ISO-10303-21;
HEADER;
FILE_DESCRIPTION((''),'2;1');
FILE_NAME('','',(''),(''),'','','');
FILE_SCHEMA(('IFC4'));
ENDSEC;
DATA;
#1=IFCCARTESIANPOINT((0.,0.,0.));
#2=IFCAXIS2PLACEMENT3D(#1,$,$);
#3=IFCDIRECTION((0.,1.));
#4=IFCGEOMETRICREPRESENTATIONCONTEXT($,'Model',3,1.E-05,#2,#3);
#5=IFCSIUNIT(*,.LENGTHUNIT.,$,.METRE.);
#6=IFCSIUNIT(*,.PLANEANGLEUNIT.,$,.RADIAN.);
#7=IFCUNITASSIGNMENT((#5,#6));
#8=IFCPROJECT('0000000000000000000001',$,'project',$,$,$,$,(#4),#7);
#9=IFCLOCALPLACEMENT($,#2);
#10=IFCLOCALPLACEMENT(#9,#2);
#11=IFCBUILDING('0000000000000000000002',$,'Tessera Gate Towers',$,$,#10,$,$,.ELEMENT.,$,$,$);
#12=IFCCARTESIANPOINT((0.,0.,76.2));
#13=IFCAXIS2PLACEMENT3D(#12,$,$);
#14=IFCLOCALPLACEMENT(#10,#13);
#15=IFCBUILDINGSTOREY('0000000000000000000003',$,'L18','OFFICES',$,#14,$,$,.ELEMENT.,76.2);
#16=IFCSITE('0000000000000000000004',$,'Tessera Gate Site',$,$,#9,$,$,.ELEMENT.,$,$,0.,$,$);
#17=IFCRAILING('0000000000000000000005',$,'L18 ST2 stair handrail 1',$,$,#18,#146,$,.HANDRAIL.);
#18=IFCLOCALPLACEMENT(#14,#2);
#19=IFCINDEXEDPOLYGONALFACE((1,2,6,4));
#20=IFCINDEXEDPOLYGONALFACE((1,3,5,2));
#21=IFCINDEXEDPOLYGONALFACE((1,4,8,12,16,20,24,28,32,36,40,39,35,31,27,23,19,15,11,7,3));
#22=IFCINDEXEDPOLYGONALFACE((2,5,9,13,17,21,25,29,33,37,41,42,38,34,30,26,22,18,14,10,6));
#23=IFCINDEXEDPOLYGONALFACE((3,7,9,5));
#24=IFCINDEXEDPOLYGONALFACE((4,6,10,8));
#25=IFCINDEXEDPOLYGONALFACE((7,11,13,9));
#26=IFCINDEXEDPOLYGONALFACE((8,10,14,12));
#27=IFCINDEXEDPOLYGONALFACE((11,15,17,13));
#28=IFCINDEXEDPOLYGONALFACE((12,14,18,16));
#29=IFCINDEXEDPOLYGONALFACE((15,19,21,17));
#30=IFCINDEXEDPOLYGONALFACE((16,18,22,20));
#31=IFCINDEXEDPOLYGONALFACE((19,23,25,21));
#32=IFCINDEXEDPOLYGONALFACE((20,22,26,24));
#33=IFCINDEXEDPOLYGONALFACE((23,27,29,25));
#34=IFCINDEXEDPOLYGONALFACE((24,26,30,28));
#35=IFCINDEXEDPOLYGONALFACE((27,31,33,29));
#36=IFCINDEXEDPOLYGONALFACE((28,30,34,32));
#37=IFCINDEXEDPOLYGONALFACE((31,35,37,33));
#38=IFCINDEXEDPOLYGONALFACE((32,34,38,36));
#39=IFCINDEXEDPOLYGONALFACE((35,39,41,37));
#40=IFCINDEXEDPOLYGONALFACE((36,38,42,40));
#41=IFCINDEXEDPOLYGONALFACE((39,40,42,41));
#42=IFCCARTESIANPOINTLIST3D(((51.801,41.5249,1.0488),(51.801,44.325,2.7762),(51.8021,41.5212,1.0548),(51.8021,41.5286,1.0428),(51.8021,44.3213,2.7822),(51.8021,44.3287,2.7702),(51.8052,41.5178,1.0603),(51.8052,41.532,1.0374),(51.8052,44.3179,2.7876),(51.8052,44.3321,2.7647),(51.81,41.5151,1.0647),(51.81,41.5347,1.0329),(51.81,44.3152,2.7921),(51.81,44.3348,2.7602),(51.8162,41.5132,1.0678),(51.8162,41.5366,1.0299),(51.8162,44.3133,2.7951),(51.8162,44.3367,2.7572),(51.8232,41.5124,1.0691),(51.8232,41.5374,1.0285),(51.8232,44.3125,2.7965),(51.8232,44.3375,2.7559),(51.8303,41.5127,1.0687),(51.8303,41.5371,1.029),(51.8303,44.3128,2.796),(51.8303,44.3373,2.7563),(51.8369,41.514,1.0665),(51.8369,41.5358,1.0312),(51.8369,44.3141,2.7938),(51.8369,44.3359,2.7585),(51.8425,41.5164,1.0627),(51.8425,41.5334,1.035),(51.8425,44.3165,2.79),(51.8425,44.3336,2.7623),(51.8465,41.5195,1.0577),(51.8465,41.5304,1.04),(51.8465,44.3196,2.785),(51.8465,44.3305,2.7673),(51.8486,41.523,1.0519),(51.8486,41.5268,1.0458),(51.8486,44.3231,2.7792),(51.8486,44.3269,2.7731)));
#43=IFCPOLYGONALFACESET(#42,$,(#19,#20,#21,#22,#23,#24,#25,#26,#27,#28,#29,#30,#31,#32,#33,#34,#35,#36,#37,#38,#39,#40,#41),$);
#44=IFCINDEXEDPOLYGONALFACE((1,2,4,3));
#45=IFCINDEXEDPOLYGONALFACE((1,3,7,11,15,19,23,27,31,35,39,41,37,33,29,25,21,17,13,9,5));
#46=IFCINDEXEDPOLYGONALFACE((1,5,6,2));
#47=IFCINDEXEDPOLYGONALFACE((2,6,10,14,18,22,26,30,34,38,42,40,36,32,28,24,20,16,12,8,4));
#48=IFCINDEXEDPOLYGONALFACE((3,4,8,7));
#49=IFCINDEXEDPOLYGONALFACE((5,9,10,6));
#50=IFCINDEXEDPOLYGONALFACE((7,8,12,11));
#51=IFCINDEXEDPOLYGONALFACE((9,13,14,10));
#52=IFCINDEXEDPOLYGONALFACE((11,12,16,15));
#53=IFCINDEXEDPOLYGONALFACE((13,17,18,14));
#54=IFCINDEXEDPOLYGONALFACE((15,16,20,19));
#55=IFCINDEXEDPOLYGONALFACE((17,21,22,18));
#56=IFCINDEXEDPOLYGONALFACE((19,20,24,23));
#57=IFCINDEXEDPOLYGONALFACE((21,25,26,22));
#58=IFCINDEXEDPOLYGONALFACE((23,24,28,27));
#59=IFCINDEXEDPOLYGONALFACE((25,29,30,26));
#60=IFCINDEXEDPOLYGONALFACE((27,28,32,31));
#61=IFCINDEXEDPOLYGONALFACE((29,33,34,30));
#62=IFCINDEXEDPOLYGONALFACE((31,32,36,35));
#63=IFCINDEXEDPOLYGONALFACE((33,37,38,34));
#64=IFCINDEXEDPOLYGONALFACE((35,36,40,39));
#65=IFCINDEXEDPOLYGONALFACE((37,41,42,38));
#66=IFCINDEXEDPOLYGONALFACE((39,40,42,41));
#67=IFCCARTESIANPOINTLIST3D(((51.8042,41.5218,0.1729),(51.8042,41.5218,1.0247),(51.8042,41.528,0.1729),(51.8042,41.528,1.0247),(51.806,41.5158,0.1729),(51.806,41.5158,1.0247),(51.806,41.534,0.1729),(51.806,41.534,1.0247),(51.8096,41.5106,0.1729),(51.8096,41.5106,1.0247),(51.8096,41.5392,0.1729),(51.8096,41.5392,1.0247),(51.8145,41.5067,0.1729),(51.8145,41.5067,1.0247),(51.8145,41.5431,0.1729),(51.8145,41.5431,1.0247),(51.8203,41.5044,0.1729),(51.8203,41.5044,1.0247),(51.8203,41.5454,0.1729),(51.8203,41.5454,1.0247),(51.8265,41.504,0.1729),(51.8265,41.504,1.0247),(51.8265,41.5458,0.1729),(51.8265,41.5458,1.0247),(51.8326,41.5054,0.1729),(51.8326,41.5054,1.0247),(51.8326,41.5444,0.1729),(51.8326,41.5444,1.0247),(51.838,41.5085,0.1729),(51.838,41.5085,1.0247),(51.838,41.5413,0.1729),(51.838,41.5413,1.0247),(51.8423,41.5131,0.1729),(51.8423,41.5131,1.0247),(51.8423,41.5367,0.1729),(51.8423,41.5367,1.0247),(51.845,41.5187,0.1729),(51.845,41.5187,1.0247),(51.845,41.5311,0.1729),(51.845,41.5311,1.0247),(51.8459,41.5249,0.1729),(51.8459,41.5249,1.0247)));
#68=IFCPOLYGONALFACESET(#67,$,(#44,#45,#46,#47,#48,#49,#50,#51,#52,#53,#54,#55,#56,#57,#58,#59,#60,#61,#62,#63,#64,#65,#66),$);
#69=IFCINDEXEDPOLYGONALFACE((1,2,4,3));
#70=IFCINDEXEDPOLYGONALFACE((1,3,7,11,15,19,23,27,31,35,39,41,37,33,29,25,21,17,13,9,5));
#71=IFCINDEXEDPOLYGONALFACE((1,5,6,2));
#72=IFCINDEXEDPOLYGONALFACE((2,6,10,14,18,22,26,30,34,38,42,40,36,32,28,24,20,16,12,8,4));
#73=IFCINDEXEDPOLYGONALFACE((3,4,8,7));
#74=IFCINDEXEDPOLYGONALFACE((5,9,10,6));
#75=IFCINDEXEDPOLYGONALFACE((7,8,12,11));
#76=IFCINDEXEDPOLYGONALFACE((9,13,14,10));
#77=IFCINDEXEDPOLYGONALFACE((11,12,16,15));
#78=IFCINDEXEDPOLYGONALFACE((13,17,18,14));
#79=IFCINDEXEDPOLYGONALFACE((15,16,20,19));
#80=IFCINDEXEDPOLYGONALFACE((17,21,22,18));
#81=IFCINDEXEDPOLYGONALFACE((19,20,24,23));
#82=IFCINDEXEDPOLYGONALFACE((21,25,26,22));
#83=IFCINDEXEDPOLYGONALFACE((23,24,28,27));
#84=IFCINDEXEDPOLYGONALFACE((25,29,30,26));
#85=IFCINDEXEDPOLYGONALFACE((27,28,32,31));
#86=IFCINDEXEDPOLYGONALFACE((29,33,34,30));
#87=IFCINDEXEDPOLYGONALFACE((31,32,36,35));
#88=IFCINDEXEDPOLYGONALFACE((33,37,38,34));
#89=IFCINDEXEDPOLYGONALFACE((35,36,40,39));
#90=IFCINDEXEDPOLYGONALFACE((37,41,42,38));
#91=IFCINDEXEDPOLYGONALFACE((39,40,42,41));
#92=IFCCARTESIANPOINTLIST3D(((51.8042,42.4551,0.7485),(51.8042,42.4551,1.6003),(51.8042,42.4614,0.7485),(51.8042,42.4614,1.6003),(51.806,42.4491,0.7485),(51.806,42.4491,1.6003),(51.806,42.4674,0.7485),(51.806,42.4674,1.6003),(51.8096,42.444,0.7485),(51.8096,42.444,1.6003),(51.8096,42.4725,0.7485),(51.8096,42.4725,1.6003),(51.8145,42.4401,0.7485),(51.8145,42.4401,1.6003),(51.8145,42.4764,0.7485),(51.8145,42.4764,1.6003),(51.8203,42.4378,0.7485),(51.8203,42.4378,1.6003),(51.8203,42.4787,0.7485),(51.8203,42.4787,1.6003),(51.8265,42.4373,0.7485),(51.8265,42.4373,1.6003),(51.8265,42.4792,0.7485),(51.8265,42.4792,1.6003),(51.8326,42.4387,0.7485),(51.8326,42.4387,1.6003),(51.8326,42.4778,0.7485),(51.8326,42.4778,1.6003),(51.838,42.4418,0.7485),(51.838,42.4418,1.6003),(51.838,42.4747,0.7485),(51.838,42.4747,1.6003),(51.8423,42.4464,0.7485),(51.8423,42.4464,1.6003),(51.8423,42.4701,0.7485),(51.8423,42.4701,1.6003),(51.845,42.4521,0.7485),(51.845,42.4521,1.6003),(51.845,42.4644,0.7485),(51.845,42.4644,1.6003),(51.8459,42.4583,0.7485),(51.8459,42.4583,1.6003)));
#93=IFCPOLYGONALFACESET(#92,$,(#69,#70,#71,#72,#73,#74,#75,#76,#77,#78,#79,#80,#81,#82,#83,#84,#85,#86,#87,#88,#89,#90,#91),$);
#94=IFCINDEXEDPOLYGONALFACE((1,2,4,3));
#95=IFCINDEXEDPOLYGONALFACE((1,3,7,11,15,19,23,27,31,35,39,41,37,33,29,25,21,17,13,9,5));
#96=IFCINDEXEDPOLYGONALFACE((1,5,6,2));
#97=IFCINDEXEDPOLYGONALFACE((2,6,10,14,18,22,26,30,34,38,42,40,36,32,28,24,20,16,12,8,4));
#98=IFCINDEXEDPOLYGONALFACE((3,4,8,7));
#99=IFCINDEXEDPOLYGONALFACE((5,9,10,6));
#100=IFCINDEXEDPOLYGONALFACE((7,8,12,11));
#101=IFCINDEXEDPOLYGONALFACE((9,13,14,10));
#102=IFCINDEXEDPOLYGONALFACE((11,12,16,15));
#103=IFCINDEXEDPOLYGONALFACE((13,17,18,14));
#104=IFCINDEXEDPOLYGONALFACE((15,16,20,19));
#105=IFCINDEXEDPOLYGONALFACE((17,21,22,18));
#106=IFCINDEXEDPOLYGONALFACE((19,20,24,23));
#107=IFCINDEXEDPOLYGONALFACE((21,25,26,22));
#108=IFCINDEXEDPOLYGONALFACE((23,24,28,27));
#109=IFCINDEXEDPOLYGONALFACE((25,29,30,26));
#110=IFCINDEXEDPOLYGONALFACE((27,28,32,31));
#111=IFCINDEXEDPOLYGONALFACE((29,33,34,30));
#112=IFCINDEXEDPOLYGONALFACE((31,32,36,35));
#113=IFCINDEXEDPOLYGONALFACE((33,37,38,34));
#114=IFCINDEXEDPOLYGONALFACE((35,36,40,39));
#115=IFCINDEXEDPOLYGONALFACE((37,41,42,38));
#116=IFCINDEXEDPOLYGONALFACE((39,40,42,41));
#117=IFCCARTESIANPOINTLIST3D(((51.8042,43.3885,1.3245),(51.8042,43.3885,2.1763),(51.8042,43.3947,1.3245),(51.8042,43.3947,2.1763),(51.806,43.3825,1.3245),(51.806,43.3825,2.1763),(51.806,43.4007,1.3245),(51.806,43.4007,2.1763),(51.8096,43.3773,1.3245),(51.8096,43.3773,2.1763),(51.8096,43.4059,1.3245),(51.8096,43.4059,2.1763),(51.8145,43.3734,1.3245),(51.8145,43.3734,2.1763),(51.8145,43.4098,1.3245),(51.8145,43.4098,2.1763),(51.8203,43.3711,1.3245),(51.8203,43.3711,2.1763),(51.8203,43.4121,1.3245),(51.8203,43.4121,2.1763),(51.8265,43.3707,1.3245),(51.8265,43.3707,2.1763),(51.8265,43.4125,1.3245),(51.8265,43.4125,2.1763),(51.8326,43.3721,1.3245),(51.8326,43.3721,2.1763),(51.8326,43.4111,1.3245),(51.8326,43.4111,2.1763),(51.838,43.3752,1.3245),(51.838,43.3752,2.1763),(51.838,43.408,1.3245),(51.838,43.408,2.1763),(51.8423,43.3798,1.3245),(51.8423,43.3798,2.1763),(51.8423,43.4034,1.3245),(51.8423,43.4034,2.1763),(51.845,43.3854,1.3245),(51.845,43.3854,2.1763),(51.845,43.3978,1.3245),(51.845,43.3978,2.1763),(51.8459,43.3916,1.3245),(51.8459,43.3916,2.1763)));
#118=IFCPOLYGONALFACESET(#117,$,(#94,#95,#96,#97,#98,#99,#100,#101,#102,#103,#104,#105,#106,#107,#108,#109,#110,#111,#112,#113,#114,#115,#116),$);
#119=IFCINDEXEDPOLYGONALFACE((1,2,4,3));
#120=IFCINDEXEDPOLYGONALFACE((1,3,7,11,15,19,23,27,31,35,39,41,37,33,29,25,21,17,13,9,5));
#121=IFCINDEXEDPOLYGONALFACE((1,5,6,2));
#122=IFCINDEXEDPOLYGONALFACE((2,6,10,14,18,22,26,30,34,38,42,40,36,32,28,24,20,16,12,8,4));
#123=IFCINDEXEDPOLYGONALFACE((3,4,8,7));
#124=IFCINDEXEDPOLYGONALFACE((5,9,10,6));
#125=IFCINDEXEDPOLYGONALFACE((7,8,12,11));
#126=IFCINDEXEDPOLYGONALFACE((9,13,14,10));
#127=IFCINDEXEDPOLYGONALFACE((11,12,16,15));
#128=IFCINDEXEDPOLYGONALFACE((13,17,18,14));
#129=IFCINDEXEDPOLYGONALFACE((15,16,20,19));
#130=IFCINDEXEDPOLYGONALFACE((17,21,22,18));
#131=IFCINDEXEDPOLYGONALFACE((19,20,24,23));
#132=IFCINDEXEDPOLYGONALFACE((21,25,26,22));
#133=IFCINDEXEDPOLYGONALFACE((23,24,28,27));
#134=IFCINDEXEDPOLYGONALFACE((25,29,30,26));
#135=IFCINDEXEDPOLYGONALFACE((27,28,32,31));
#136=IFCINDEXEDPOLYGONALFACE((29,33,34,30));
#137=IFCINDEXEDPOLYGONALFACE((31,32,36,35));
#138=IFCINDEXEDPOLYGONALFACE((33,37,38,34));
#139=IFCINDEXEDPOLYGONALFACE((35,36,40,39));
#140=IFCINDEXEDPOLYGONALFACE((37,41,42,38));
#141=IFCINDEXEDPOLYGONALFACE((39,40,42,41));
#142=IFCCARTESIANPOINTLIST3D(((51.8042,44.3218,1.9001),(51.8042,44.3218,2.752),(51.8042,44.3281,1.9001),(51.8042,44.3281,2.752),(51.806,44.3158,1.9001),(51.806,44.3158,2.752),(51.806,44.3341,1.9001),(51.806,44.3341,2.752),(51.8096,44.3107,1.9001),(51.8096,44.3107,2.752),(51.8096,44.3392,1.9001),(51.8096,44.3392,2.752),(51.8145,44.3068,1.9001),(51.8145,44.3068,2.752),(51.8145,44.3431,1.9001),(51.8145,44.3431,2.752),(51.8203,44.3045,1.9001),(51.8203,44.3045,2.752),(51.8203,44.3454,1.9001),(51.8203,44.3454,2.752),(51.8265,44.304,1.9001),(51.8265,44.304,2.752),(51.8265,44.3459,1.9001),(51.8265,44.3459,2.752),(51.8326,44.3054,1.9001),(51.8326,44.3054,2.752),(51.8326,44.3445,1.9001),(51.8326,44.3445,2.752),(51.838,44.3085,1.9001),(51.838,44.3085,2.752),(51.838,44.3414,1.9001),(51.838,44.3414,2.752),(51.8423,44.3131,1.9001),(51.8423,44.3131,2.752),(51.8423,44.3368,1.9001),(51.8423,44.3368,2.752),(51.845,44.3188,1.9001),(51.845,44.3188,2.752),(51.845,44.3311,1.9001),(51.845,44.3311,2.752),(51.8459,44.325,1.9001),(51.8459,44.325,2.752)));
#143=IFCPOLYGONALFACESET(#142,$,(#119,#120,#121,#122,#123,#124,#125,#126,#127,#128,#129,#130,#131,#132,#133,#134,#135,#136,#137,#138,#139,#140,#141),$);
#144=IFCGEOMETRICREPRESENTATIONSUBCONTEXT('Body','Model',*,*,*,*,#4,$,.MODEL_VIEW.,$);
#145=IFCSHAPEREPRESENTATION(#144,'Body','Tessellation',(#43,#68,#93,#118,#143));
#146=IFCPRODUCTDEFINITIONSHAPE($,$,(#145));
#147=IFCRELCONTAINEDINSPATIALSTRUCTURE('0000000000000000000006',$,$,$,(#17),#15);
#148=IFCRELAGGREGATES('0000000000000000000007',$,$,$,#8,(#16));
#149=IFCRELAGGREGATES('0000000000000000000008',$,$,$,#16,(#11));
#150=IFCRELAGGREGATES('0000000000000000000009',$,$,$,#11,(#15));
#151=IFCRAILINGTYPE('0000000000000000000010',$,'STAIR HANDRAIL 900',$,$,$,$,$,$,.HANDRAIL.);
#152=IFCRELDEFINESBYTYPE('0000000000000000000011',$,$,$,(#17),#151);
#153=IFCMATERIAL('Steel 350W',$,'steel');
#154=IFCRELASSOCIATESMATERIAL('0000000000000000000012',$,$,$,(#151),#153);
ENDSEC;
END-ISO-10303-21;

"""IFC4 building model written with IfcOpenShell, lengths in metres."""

from ifc_helpers import new_model, si_unit, direction, frame, origin, origin_2d, place, context, subcontext, project, spatial, circle, extrude, material, type_object, element, save


model = new_model("IFC4")

# Units and contexts
model_context = context("Model", 3, precision=1e-05, world=origin(), true_north=direction((0.0, 1.0)))
body_context = subcontext(model_context, "Body", "Model", "MODEL_VIEW")
ifc_project = project(units=[si_unit("LENGTHUNIT", "METRE"), si_unit("PLANEANGLEUNIT", "RADIAN")], contexts=[model_context])

# Site, building, storey
site_placement = place(None, origin())
site = spatial("IfcSite", under=ifc_project, at=site_placement, Name="Tessera Gate Site", CompositionType="ELEMENT", RefElevation=0.0)
building_placement = place(site_placement, origin())
building = spatial("IfcBuilding", under=site, at=building_placement, Name="Tessera Gate Towers", CompositionType="ELEMENT")
storey_placement = place(building_placement, frame((0.0, 0.0, 76.2)))
storey = spatial("IfcBuildingStorey", under=building, at=storey_placement, Name="L18", Description="OFFICES", CompositionType="ELEMENT", Elevation=76.2)

# Railing
ifc_material_1 = material(Name="Steel 350W", Category="steel")
railing_type = type_object("IfcRailingType", Name="STAIR HANDRAIL 900", PredefinedType="HANDRAIL", material=ifc_material_1)
for number, where, name in (
    (1, (51.825, 41.5249, 0.1729), "L18 ST2 stair handrail 1"),
):
    element("IfcRailing", number, at=place(storey_placement, frame(where)), inside=storey, type_object=railing_type, Name=name, PredefinedType="HANDRAIL", context=body_context, shape_type="SweptSolid", body=[
        extrude(circle(Radius=0.0239, at=origin_2d()), frame((0.0, 0.0, 0.876), z_axis=(0.0, 0.85109, 0.52502), x_axis=(-1.0, 0.0, 0.0)), (0.0, 0.0, 1.0), 3.29),
        extrude(circle(Radius=0.021, at=origin_2d()), origin(), (0.0, 0.0, 1.0), 0.8518),
        extrude(circle(Radius=0.021, at=origin_2d()), frame((0.0, 0.9333, 0.5757)), (0.0, 0.0, 1.0), 0.8518),
        extrude(circle(Radius=0.021, at=origin_2d()), frame((0.0, 1.8667, 1.1516)), (0.0, 0.0, 1.0), 0.8518),
        extrude(circle(Radius=0.021, at=origin_2d()), frame((0.0, 2.8, 1.7273)), (0.0, 0.0, 1.0), 0.8518),
    ])

save(model, "model.ifc")
